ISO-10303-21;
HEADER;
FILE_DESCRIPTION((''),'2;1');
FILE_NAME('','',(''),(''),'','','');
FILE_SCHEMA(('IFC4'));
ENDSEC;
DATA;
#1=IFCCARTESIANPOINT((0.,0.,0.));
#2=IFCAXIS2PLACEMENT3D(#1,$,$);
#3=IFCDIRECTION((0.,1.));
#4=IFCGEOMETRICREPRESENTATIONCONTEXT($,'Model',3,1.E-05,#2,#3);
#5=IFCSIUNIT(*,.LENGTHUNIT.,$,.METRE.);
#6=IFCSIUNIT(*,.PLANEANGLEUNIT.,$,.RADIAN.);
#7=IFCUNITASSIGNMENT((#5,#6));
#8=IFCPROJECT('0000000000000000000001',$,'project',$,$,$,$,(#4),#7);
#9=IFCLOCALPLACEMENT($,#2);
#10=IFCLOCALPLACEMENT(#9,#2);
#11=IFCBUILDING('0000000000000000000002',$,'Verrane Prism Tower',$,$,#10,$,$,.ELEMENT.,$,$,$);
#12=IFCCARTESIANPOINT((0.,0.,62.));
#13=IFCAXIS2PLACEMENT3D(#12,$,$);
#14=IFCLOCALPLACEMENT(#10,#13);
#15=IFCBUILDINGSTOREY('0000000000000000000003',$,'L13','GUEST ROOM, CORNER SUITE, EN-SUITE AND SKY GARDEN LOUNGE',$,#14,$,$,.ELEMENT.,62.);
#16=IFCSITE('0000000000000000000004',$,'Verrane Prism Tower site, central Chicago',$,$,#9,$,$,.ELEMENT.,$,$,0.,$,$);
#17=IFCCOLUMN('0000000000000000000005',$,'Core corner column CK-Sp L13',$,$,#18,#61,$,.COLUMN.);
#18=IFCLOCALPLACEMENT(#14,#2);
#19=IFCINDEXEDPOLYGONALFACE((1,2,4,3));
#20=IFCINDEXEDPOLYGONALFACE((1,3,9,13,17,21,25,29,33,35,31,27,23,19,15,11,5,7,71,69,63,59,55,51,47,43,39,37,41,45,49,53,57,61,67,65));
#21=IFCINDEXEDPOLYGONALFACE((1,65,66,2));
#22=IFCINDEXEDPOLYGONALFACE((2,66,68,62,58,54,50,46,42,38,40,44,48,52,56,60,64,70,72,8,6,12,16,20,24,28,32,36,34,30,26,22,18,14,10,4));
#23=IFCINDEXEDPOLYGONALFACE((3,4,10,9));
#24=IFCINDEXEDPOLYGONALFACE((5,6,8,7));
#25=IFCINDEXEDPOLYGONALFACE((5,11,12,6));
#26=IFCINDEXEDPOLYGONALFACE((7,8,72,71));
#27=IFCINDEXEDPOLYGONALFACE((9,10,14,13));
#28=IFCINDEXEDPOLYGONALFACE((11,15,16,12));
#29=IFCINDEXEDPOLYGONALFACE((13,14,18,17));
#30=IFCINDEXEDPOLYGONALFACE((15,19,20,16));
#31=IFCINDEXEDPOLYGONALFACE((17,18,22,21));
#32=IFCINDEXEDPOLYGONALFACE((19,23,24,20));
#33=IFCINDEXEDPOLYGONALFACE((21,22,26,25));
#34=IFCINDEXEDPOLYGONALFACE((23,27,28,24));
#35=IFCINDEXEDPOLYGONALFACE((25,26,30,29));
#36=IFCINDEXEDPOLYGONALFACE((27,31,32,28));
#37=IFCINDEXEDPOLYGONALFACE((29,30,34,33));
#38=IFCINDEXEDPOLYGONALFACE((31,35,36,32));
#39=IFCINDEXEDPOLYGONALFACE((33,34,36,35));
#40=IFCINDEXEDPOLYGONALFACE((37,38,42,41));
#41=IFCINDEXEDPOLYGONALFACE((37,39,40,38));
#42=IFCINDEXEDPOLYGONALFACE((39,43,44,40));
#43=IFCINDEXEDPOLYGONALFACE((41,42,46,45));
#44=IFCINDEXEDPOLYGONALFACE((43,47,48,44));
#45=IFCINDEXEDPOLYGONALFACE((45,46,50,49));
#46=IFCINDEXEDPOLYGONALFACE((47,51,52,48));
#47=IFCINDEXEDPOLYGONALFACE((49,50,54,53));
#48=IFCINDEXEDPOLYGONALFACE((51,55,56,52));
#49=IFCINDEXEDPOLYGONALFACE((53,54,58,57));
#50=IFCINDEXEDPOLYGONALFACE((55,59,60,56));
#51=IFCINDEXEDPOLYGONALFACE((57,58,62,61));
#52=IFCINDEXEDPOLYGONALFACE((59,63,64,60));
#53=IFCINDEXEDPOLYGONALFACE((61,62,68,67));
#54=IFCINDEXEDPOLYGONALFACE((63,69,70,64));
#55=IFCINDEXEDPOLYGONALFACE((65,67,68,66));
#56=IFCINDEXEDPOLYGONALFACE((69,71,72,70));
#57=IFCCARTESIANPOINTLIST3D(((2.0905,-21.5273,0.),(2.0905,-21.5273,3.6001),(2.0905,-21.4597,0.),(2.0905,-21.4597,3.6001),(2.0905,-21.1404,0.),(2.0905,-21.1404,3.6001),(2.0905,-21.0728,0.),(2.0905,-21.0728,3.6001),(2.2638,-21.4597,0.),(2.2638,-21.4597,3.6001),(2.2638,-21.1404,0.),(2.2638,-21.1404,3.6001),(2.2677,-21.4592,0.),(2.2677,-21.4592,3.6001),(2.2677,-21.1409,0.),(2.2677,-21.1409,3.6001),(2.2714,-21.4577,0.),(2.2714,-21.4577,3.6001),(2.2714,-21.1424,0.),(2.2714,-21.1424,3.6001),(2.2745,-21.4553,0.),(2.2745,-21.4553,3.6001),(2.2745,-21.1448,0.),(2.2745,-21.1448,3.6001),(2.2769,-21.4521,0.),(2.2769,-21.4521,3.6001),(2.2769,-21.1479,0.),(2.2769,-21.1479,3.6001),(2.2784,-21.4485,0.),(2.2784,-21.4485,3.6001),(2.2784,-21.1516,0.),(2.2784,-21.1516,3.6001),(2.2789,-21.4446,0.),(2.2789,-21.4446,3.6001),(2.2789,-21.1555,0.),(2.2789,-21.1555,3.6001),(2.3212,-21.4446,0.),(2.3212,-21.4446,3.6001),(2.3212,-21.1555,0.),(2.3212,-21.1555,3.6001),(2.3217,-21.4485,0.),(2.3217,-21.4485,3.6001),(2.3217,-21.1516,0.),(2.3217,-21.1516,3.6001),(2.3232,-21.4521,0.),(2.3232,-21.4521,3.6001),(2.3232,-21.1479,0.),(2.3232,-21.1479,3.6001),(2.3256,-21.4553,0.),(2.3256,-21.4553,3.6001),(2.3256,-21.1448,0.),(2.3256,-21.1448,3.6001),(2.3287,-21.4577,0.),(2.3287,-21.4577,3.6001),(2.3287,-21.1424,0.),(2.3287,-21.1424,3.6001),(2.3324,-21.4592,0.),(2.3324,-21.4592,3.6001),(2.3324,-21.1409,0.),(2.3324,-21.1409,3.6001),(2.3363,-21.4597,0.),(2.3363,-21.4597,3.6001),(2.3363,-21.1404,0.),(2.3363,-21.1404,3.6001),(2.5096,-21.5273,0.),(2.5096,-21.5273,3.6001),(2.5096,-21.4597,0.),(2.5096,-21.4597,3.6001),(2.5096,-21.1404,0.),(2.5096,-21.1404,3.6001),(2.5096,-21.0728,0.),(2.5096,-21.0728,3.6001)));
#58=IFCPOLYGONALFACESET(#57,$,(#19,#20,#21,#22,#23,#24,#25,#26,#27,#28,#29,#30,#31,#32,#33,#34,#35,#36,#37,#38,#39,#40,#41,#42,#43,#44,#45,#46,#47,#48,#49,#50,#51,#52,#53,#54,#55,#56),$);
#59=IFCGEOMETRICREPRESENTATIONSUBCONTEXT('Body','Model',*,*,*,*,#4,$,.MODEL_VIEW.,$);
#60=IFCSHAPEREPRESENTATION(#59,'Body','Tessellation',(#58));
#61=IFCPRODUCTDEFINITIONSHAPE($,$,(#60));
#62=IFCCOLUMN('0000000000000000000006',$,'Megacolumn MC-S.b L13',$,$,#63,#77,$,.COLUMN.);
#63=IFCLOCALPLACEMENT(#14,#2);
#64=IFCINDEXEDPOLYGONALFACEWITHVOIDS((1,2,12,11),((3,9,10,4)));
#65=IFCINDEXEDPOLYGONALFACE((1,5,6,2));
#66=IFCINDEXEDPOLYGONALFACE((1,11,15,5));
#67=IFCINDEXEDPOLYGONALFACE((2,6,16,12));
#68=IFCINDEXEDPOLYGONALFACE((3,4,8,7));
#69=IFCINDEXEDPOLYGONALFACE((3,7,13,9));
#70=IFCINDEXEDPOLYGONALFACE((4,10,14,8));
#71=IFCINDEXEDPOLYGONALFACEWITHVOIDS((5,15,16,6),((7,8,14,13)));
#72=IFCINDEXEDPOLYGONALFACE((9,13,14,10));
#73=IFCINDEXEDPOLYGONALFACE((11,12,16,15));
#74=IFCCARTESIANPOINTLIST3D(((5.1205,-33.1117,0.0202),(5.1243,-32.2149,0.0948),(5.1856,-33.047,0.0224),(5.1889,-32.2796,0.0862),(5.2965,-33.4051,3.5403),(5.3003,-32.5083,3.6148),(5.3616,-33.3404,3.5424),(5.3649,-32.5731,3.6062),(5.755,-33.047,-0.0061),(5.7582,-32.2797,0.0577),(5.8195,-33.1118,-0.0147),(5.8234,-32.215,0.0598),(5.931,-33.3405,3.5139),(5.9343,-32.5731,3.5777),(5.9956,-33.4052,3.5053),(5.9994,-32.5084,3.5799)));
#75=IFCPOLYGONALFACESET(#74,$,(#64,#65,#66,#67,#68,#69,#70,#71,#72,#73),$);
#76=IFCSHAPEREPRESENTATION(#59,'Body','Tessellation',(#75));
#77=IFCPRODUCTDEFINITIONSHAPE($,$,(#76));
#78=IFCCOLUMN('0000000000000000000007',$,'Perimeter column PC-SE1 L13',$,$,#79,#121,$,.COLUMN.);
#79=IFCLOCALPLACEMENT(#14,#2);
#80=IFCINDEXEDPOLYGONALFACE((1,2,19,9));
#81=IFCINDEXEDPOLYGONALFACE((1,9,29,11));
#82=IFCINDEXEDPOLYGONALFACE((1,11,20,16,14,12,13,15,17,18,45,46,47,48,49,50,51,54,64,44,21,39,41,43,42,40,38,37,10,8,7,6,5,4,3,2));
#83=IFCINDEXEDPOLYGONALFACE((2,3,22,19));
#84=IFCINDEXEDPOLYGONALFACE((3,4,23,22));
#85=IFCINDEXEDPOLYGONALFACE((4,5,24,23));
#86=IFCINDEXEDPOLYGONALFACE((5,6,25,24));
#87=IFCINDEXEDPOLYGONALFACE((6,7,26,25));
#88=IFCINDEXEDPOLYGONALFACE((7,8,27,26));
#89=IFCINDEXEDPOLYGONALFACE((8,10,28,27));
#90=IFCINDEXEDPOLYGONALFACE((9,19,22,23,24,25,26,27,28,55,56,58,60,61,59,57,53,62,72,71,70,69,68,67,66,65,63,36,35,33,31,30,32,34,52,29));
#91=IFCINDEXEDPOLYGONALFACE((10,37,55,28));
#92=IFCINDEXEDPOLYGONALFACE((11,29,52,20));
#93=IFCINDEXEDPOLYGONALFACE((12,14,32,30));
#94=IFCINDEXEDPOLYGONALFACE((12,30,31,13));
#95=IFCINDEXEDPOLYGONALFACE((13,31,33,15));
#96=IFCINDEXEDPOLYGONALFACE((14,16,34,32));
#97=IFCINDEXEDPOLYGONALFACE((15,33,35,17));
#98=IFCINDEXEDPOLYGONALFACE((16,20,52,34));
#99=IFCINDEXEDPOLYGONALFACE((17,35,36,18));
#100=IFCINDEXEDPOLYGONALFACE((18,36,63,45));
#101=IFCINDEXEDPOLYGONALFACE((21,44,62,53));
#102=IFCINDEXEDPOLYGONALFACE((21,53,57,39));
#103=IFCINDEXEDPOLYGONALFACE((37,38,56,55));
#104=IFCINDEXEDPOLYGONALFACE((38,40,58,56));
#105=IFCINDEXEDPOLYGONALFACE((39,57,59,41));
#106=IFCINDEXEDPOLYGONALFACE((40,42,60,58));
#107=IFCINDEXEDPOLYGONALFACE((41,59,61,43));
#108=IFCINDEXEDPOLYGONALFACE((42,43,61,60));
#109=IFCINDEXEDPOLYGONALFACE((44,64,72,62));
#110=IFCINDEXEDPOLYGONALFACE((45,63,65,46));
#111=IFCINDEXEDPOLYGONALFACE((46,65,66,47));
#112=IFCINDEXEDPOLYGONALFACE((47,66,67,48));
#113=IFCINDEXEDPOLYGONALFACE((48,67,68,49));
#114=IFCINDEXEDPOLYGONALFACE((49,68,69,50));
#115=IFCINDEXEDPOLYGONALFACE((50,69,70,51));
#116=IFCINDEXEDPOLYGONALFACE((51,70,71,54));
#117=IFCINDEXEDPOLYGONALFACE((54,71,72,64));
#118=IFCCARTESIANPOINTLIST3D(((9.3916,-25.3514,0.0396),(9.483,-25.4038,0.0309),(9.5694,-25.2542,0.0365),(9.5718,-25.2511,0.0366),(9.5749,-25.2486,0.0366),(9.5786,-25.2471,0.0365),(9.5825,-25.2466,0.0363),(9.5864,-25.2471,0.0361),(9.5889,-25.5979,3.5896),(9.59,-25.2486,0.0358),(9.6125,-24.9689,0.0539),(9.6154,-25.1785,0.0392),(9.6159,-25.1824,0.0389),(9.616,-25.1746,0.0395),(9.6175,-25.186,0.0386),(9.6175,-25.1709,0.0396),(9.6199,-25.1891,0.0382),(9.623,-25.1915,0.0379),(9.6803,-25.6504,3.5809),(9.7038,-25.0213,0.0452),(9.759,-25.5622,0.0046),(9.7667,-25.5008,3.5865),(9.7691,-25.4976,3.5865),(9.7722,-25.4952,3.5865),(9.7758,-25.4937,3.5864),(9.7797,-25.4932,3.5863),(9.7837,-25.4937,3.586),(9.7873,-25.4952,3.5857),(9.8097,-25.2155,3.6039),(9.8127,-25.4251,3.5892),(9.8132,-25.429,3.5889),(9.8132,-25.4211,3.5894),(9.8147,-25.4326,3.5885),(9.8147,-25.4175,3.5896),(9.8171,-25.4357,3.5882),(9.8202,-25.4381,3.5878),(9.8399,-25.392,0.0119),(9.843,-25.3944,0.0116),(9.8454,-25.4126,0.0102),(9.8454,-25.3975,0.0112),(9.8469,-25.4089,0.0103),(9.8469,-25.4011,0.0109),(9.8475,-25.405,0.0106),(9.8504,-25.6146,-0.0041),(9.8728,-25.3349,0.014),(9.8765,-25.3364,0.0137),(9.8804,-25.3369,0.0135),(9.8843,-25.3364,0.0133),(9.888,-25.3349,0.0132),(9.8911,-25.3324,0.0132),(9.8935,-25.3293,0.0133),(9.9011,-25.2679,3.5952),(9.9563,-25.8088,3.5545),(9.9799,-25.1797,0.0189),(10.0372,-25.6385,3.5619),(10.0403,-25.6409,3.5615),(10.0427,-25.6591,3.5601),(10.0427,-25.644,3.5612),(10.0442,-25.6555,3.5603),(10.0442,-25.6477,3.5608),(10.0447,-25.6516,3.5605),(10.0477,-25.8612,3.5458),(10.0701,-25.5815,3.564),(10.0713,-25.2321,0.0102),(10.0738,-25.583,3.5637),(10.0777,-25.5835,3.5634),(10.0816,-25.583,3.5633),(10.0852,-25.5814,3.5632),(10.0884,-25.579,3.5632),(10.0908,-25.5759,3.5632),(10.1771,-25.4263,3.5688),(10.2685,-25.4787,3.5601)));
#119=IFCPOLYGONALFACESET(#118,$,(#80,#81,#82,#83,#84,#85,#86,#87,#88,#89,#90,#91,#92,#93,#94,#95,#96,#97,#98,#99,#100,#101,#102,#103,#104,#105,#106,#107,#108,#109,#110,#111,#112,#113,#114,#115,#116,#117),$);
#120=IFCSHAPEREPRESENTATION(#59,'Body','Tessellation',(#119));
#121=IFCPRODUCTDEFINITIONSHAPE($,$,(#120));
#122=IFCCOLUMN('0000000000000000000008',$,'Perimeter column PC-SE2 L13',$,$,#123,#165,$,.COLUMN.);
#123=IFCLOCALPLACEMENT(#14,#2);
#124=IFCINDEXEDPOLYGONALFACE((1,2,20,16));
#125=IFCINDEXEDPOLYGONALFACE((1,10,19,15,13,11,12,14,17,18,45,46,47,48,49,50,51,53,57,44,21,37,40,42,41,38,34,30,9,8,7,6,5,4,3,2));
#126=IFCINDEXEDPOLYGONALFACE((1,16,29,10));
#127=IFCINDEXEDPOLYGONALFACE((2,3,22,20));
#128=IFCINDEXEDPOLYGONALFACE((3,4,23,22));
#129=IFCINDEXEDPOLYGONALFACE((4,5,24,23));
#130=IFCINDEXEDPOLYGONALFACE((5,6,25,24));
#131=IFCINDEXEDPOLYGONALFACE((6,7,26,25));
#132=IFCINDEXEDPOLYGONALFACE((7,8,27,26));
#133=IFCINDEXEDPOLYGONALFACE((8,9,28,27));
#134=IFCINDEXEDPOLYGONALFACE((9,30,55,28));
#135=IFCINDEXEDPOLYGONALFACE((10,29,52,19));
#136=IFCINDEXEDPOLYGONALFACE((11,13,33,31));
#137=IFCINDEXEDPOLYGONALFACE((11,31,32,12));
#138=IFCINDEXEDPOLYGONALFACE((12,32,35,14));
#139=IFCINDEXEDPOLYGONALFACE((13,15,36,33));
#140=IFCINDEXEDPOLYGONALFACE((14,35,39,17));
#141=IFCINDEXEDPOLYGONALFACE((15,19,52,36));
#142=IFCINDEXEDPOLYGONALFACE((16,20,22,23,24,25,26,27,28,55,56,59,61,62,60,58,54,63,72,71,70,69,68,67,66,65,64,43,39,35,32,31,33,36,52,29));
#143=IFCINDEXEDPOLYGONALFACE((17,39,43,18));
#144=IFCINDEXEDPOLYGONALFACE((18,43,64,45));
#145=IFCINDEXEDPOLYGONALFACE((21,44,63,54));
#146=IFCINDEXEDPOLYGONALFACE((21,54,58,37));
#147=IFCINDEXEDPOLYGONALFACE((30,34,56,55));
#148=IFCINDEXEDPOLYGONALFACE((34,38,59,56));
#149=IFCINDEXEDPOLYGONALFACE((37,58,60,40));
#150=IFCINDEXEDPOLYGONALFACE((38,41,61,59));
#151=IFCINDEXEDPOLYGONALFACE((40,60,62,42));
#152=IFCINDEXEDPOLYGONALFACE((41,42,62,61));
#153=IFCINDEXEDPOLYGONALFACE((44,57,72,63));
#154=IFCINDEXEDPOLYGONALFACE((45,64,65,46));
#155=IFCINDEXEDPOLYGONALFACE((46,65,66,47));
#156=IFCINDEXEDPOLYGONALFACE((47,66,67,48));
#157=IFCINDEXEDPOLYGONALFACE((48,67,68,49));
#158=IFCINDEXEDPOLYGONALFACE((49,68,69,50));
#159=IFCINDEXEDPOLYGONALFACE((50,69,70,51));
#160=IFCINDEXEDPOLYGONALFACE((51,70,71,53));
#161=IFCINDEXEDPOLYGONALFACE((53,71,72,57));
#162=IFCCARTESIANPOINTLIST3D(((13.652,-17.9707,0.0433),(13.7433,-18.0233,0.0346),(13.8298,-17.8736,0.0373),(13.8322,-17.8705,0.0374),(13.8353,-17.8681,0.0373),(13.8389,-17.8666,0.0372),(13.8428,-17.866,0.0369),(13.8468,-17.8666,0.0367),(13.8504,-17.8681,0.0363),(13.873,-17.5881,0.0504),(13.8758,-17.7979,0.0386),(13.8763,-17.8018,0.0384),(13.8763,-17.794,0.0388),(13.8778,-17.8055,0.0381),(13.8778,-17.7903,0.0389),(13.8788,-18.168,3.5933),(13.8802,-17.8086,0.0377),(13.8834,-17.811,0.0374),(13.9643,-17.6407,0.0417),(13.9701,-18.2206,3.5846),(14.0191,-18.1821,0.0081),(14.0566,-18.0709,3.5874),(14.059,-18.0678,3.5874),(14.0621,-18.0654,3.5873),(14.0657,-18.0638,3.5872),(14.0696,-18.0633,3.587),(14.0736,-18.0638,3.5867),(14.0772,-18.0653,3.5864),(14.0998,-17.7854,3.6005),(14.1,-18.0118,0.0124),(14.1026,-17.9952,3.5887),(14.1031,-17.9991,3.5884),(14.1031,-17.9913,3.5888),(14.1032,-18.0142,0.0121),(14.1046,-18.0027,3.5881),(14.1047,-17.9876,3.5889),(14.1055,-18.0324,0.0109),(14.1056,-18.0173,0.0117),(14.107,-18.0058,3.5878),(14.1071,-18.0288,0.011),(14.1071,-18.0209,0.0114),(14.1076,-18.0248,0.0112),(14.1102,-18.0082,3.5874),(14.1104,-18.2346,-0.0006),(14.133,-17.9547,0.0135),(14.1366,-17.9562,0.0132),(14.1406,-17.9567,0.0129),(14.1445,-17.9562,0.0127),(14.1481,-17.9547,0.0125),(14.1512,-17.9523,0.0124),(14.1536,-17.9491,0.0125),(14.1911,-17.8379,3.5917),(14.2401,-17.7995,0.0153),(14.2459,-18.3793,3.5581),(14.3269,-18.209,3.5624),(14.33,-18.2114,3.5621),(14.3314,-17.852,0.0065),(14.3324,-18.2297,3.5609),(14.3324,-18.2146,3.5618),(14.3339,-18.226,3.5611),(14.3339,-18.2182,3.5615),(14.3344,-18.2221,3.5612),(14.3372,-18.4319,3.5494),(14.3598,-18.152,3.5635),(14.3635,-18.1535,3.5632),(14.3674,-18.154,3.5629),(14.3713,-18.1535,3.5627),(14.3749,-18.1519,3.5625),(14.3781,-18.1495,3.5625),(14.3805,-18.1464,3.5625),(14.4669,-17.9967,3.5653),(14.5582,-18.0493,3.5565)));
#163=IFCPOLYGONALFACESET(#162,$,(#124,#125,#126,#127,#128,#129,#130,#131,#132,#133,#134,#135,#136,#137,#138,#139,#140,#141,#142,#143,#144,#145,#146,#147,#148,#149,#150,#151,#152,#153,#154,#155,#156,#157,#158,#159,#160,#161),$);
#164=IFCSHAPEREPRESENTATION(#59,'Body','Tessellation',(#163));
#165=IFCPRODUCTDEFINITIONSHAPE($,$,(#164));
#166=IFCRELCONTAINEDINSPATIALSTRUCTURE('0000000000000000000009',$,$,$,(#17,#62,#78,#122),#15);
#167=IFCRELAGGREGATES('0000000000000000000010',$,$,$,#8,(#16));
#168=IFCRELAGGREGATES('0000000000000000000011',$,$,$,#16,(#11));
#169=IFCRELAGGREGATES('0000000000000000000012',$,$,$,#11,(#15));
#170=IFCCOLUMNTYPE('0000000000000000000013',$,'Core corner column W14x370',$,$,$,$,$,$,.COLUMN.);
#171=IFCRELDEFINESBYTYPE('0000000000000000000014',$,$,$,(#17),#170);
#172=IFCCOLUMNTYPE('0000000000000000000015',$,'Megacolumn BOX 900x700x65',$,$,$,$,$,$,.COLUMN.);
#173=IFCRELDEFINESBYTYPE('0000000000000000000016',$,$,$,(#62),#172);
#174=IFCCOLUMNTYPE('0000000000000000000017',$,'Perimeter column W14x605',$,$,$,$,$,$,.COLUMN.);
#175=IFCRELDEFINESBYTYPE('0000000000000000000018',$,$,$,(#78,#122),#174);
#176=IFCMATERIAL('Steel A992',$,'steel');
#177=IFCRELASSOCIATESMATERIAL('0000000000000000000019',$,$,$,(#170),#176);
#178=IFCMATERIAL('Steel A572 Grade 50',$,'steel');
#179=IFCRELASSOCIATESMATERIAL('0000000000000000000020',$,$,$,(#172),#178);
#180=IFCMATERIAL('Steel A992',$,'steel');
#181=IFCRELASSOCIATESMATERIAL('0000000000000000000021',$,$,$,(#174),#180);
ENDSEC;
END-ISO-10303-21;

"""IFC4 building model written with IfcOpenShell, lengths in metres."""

from ifc_helpers import new_model, si_unit, direction, frame, origin, origin_2d, place, context, subcontext, project, spatial, hollow_rectangle, i_section, extrude, material, material_profile, profile_set, type_object, element, save


model = new_model("IFC4")

# Units and contexts
model_context = context("Model", 3, precision=1e-05, world=origin(), true_north=direction((0.0, 1.0)))
body_context = subcontext(model_context, "Body", "Model", "MODEL_VIEW")
ifc_project = project(units=[si_unit("LENGTHUNIT", "METRE"), si_unit("PLANEANGLEUNIT", "RADIAN")], contexts=[model_context])

# Site, building, storey
site_placement = place(None, origin())
site = spatial("IfcSite", under=ifc_project, at=site_placement, Name="Verrane Prism Tower site, central Chicago", CompositionType="ELEMENT", RefElevation=0.0)
building_placement = place(site_placement, origin())
building = spatial("IfcBuilding", under=site, at=building_placement, Name="Verrane Prism Tower", CompositionType="ELEMENT")
storey_placement = place(building_placement, frame((0.0, 0.0, 62.0)))
storey = spatial("IfcBuildingStorey", under=building, at=storey_placement, Name="L13", Description="GUEST ROOM, CORNER SUITE, EN-SUITE AND SKY GARDEN LOUNGE", CompositionType="ELEMENT", Elevation=62.0)

# Columns
ifc_material_1 = material(Name="Steel A992", Category="steel")
ifc_material_profile_1 = material_profile(ifc_material_1, i_section(OverallWidth=0.4192, OverallDepth=0.4546, WebThickness=0.0422, FlangeThickness=0.0676, FilletRadius=0.0151, at=origin_2d()), Name="W14x370")
ifc_profile_set_1 = profile_set([ifc_material_profile_1], Name="Steel A992")
column_type_1 = type_object("IfcColumnType", Name="Core corner column W14x370", PredefinedType="COLUMN", material=ifc_profile_set_1)
column_1_placement = place(storey_placement, frame((2.3, -21.3, 0.0), z_axis=(0.0, 0.0, 1.0), x_axis=(-1.0, 0.0, 0.0)))
element("IfcColumn", 1, at=column_1_placement, inside=storey, type_object=column_type_1, Name="Core corner column CK-Sp L13", PredefinedType="COLUMN", context=body_context, shape_type="SweptSolid", body=[
    extrude(i_section(OverallWidth=0.4192, OverallDepth=0.4546, WebThickness=0.0422, FlangeThickness=0.0676, FilletRadius=0.0151, at=origin_2d()), origin(), (0.0, 0.0, 1.0), 3.6001),
])
ifc_material_2 = material(Name="Steel A572 Grade 50", Category="steel")
ifc_material_profile_2 = material_profile(ifc_material_2, hollow_rectangle(XDim=0.7, YDim=0.8999, WallThickness=0.0649, at=origin_2d()), Name="BOX 900x700x65")
ifc_profile_set_2 = profile_set([ifc_material_profile_2], Name="Steel A572 Grade 50")
column_type_2 = type_object("IfcColumnType", Name="Megacolumn BOX 900x700x65", PredefinedType="COLUMN", material=ifc_profile_set_2)
column_2_placement = place(storey_placement, frame((5.4719, -32.6633, 0.04), z_axis=(0.049772, -0.082977, 0.995308), x_axis=(-0.998751, 0.000121, 0.049955)))
element("IfcColumn", 2, at=column_2_placement, inside=storey, type_object=column_type_2, Name="Megacolumn MC-S.b L13", PredefinedType="COLUMN", context=body_context, shape_type="SweptSolid", body=[
    extrude(hollow_rectangle(XDim=0.7, YDim=0.8999, WallThickness=0.0649, at=origin_2d()), origin(), (0.0, 0.0, 1.0), 3.5366),
])
ifc_material_3 = material(Name="Steel A992", Category="steel")
ifc_material_profile_3 = material_profile(ifc_material_3, i_section(OverallWidth=0.4419, OverallDepth=0.5308, WebThickness=0.0659, FlangeThickness=0.1057, FilletRadius=0.0151, at=origin_2d()), Name="W14x605")
ifc_profile_set_3 = profile_set([ifc_material_profile_3], Name="Steel A992")
column_type_3 = type_object("IfcColumnType", Name="Perimeter column W14x605", PredefinedType="COLUMN", material=ifc_profile_set_3)
column_3_placement = place(storey_placement, frame((9.7314, -25.2917, 0.0249), z_axis=(0.055348, -0.069186, 0.996067), x_axis=(-0.499739, -0.865572, -0.032353)))
element("IfcColumn", 3, at=column_3_placement, inside=storey, type_object=column_type_3, Name="Perimeter column PC-SE1 L13", PredefinedType="COLUMN", context=body_context, shape_type="SweptSolid", body=[
    extrude(i_section(OverallWidth=0.4419, OverallDepth=0.5308, WebThickness=0.0659, FlangeThickness=0.1057, FilletRadius=0.0151, at=origin_2d()), origin(), (0.0, 0.0, 1.0), 3.564),
])
column_4_placement = place(storey_placement, frame((13.9917, -17.9114, 0.0249), z_axis=(0.063661, -0.055369, 0.996434), x_axis=(-0.500027, -0.865859, -0.016167)))
element("IfcColumn", 4, at=column_4_placement, inside=storey, type_object=column_type_3, Name="Perimeter column PC-SE2 L13", PredefinedType="COLUMN", context=body_context, shape_type="SweptSolid", body=[
    extrude(i_section(OverallWidth=0.4419, OverallDepth=0.5308, WebThickness=0.0659, FlangeThickness=0.1057, FilletRadius=0.0151, at=origin_2d()), origin(), (0.0, 0.0, 1.0), 3.5627),
])

save(model, "model.ifc")
